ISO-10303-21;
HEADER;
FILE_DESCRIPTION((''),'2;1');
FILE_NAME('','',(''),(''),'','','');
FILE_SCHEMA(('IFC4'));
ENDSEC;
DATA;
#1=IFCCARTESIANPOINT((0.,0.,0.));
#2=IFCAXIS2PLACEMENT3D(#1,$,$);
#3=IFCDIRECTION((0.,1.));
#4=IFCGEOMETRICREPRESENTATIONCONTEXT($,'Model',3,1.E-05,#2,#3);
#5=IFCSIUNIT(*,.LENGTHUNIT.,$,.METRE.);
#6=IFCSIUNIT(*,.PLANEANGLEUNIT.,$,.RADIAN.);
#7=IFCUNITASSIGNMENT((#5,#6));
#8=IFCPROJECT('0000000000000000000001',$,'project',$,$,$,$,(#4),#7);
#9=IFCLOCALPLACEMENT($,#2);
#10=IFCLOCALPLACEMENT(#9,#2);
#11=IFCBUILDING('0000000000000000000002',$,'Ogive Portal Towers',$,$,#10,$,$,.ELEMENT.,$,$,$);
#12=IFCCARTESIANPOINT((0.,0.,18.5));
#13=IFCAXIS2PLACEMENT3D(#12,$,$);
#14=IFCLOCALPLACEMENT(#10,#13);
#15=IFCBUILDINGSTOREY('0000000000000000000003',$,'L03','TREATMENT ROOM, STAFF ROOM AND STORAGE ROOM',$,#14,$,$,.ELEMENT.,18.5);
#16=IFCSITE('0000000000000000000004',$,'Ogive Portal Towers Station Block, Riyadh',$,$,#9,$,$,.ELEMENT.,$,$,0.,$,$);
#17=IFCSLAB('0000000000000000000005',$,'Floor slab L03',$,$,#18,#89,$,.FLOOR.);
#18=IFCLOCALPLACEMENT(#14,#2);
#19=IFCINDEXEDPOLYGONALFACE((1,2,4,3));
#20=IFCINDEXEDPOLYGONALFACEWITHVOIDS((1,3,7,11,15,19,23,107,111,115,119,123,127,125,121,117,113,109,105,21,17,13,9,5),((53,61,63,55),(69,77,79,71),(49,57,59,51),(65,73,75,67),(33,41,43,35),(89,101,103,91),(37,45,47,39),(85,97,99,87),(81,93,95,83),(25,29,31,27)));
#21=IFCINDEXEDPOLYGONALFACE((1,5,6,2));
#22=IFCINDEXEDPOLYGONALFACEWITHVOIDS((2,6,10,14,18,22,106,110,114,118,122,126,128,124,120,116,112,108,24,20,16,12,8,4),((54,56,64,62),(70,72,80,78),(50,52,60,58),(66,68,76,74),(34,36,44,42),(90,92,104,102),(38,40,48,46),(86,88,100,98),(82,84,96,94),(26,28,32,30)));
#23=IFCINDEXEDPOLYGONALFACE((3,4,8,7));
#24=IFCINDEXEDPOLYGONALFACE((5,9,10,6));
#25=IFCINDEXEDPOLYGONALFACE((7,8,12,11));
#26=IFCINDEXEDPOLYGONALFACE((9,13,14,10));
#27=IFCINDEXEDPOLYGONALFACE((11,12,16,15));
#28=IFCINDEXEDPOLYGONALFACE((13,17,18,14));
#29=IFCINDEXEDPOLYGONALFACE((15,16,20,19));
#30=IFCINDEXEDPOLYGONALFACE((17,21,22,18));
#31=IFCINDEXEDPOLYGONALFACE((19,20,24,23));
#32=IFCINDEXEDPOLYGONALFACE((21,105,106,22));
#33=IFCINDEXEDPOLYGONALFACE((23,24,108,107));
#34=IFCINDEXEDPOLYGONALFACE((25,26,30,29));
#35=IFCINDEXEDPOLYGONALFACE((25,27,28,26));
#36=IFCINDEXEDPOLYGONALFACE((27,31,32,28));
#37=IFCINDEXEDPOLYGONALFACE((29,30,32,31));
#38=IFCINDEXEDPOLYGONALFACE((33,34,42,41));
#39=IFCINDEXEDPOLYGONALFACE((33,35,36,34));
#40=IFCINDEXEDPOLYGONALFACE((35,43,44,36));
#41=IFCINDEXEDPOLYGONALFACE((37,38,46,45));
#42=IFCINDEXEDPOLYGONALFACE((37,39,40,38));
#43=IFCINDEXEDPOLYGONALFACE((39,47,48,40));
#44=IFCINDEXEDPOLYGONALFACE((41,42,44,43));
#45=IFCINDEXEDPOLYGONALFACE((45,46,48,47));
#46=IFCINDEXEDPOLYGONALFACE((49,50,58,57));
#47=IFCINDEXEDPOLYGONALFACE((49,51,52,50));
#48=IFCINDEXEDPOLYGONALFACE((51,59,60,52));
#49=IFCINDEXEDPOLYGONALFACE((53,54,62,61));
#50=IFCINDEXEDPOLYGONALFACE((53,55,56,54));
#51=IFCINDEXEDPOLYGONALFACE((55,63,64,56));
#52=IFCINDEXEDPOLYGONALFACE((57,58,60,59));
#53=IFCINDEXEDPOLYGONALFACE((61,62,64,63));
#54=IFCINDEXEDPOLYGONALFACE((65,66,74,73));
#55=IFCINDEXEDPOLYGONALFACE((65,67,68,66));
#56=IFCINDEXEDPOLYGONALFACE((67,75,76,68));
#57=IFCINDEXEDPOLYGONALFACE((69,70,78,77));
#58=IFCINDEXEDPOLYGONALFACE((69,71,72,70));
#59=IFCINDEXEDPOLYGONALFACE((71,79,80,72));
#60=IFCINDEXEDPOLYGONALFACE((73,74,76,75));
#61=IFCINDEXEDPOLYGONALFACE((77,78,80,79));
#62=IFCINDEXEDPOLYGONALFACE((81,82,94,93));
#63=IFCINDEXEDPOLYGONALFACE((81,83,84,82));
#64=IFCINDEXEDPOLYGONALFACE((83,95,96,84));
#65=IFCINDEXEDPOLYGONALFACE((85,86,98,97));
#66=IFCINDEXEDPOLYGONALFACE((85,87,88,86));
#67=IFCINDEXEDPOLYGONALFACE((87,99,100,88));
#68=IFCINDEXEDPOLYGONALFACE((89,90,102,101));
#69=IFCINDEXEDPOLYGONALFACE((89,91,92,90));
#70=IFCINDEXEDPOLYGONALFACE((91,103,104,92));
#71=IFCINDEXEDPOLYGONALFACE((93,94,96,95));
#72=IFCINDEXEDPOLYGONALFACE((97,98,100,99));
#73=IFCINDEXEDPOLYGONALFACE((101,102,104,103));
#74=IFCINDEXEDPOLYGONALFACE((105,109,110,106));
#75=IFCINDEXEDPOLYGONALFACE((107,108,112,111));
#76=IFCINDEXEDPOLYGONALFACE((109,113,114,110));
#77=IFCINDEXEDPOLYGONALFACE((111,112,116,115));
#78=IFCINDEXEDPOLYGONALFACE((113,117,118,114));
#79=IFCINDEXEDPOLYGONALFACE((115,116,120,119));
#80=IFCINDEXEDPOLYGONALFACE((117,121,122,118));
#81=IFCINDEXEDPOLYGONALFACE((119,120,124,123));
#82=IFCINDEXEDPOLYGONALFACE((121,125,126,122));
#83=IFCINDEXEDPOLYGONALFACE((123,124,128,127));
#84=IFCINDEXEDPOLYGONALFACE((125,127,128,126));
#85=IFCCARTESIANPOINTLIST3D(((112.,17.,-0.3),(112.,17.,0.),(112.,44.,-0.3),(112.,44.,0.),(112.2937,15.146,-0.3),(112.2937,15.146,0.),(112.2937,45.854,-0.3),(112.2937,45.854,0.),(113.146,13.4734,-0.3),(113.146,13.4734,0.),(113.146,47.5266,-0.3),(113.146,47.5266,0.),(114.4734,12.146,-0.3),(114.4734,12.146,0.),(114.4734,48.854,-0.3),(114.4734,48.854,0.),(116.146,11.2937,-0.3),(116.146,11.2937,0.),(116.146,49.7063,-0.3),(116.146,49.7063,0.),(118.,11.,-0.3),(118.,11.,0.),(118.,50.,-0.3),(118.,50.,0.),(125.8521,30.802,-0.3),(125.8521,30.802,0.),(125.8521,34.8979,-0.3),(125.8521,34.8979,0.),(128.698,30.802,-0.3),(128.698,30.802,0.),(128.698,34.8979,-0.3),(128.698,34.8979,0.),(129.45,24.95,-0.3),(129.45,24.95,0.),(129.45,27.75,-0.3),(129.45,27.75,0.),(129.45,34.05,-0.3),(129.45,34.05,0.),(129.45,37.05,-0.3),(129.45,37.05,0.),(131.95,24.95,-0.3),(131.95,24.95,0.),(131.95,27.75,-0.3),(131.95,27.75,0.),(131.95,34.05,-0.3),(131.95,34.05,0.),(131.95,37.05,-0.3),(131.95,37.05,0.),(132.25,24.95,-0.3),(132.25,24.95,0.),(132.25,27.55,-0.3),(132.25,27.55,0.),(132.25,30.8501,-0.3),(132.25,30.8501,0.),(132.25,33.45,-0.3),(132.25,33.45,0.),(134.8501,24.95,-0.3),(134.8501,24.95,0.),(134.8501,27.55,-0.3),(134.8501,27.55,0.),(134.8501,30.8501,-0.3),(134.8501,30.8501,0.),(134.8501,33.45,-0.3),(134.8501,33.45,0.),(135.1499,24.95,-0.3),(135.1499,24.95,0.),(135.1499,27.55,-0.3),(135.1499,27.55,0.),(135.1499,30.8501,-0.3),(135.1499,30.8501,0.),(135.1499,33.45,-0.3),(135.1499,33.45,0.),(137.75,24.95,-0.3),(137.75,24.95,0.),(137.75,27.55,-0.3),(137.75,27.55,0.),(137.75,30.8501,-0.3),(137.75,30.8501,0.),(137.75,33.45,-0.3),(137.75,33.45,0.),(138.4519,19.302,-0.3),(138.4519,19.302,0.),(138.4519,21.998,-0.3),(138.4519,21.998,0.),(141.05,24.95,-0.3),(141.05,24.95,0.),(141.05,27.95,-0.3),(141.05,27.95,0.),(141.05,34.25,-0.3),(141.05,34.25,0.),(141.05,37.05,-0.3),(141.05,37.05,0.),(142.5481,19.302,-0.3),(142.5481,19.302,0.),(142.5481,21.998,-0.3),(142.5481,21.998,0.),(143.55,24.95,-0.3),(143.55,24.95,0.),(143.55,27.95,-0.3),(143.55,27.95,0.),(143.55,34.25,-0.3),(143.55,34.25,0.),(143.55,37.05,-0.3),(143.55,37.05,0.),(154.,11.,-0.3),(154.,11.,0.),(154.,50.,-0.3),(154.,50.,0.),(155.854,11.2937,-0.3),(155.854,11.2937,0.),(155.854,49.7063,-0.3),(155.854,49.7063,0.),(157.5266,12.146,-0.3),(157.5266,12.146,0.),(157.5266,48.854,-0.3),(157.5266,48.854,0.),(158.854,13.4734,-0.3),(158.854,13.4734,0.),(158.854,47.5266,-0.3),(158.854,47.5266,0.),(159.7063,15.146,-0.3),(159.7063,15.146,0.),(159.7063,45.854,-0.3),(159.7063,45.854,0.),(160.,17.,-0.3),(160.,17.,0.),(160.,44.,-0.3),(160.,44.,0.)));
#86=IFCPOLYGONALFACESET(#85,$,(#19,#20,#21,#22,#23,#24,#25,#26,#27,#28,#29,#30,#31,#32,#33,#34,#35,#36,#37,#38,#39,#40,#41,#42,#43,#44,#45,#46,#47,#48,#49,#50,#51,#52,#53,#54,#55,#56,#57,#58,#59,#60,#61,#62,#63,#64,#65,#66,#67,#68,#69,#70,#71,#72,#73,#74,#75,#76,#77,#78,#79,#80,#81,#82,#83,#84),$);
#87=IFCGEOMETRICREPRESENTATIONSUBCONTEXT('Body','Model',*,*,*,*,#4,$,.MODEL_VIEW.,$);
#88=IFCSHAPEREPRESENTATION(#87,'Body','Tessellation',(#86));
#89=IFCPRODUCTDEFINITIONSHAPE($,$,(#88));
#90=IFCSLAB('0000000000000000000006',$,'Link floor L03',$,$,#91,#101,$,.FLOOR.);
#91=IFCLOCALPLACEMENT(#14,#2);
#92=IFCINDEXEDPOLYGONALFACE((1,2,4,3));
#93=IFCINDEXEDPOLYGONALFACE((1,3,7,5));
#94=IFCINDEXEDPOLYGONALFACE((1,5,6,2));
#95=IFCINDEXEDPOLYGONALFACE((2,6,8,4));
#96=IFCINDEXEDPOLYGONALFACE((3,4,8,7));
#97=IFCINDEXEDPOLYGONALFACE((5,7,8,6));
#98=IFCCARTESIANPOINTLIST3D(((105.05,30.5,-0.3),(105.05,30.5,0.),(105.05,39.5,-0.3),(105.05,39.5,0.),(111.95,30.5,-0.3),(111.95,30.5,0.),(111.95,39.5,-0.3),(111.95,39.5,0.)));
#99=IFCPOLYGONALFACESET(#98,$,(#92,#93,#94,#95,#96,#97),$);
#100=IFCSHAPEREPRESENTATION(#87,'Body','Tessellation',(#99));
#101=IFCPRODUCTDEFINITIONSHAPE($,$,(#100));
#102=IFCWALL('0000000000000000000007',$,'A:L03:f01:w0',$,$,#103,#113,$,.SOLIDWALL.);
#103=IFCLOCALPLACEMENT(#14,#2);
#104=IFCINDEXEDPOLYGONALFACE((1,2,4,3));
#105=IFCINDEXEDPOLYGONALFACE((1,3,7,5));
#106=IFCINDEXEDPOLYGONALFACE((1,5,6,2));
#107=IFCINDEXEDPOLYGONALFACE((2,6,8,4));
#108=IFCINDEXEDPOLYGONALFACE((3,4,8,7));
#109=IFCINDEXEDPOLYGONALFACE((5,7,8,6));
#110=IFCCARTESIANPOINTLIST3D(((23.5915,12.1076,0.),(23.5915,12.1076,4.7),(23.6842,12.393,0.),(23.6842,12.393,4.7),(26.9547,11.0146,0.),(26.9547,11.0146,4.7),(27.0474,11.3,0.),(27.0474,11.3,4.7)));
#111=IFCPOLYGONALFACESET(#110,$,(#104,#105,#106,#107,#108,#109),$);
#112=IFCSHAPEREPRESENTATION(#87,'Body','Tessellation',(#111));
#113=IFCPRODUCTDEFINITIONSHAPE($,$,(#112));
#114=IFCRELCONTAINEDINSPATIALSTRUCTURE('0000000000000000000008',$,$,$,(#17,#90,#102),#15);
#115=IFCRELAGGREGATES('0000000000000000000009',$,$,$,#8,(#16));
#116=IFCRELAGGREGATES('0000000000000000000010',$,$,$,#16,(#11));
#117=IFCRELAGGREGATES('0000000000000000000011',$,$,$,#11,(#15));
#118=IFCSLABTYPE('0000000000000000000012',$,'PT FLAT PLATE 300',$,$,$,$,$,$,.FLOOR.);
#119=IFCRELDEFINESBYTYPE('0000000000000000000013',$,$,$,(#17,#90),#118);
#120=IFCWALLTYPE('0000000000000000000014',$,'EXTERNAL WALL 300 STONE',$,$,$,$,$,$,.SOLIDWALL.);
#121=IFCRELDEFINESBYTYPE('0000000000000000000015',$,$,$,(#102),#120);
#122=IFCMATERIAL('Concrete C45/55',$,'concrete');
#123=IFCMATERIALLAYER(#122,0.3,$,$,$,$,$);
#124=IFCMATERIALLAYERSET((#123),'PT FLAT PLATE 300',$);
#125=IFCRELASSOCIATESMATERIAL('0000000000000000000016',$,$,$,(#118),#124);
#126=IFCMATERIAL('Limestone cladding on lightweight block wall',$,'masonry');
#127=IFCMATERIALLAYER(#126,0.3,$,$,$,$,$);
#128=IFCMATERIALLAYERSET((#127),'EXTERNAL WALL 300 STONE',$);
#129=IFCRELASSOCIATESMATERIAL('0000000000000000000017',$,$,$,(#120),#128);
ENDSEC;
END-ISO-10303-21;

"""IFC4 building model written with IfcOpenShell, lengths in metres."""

from ifc_helpers import new_model, si_unit, direction, frame, frame_2d, origin, place, context, subcontext, project, spatial, polyline, rectangle, outline, extrude, material, layer, layer_set, type_object, element, save


model = new_model("IFC4")

# Units and contexts
model_context = context("Model", 3, precision=1e-05, world=origin(), true_north=direction((0.0, 1.0)))
body_context = subcontext(model_context, "Body", "Model", "MODEL_VIEW")
ifc_project = project(units=[si_unit("LENGTHUNIT", "METRE"), si_unit("PLANEANGLEUNIT", "RADIAN")], contexts=[model_context])

# Site, building, storey
site_placement = place(None, origin())
site = spatial("IfcSite", under=ifc_project, at=site_placement, Name="Ogive Portal Towers Station Block, Riyadh", CompositionType="ELEMENT", RefElevation=0.0)
building_placement = place(site_placement, origin())
building = spatial("IfcBuilding", under=site, at=building_placement, Name="Ogive Portal Towers", CompositionType="ELEMENT")
storey_placement = place(building_placement, frame((0.0, 0.0, 18.5)))
storey = spatial("IfcBuildingStorey", under=building, at=storey_placement, Name="L03", Description="TREATMENT ROOM, STAFF ROOM AND STORAGE ROOM", CompositionType="ELEMENT", Elevation=18.5)

# Slabs
ifc_material_1 = material(Name="Concrete C45/55", Category="concrete")
ifc_layer_1 = layer(ifc_material_1, 0.3)
ifc_layer_set_1 = layer_set([ifc_layer_1], Name="PT FLAT PLATE 300")
slab_type_1 = type_object("IfcSlabType", Name="PT FLAT PLATE 300", PredefinedType="FLOOR", material=ifc_layer_set_1)
slab_1_placement = place(storey_placement, frame((0.0, 0.0, -0.3)))
element("IfcSlab", 1, at=slab_1_placement, inside=storey, type_object=slab_type_1, Name="Floor slab L03", PredefinedType="FLOOR", context=body_context, shape_type="SweptSolid", body=[
    extrude(outline(polyline([(112.0, 44.0), (112.0, 17.0), (112.2937, 15.146), (113.146, 13.4734), (114.4734, 12.146), (116.146, 11.2937), (118.0, 11.0), (154.0, 11.0), (155.854, 11.2937), (157.5266, 12.146), (158.854, 13.4734), (159.7063, 15.146), (160.0, 17.0), (160.0, 44.0), (159.7063, 45.854), (158.854, 47.5266), (157.5266, 48.854), (155.854, 49.7063), (154.0, 50.0), (118.0, 50.0), (116.146, 49.7063), (114.4734, 48.854), (113.146, 47.5266), (112.2937, 45.854), (112.0, 44.0)]), holes=[polyline([(128.698, 34.8979), (128.698, 30.802), (125.8521, 30.802), (125.8521, 34.8979), (128.698, 34.8979)]), polyline([(131.95, 37.05), (131.95, 34.05), (129.45, 34.05), (129.45, 37.05), (131.95, 37.05)]), polyline([(138.4519, 21.998), (142.5481, 21.998), (142.5481, 19.302), (138.4519, 19.302), (138.4519, 21.998)]), polyline([(134.8501, 27.55), (134.8501, 24.95), (132.25, 24.95), (132.25, 27.55), (134.8501, 27.55)]), polyline([(137.75, 27.55), (137.75, 24.95), (135.1499, 24.95), (135.1499, 27.55), (137.75, 27.55)]), polyline([(131.95, 27.75), (131.95, 24.95), (129.45, 24.95), (129.45, 27.75), (131.95, 27.75)]), polyline([(143.55, 27.95), (143.55, 24.95), (141.05, 24.95), (141.05, 27.95), (143.55, 27.95)]), polyline([(134.8501, 33.45), (134.8501, 30.8501), (132.25, 30.8501), (132.25, 33.45), (134.8501, 33.45)]), polyline([(137.75, 33.45), (137.75, 30.8501), (135.1499, 30.8501), (135.1499, 33.45), (137.75, 33.45)]), polyline([(143.55, 37.05), (143.55, 34.25), (141.05, 34.25), (141.05, 37.05), (143.55, 37.05)])]), origin(), (0.0, 0.0, 1.0), 0.3),
])
slab_2_placement = place(storey_placement, frame((0.0, 0.0, -0.3)))
element("IfcSlab", 2, at=slab_2_placement, inside=storey, type_object=slab_type_1, Name="Link floor L03", PredefinedType="FLOOR", context=body_context, shape_type="SweptSolid", body=[
    extrude(outline(polyline([(111.95, 30.5), (111.95, 39.5), (105.05, 39.5), (105.05, 30.5), (111.95, 30.5)])), origin(), (0.0, 0.0, 1.0), 0.3),
])

# Wall
ifc_material_2 = material(Name="Limestone cladding on lightweight block wall", Category="masonry")
ifc_layer_2 = layer(ifc_material_2, 0.3)
ifc_layer_set_2 = layer_set([ifc_layer_2], Name="EXTERNAL WALL 300 STONE")
wall_type = type_object("IfcWallType", Name="EXTERNAL WALL 300 STONE", PredefinedType="SOLIDWALL", material=ifc_layer_set_2)
wall_placement = place(storey_placement, frame((23.6379, 12.2502, 0.0), z_axis=(0.0, 0.0, 1.0), x_axis=(0.951038, -0.309074, 0.0)))
element("IfcWall", 3, at=wall_placement, inside=storey, type_object=wall_type, Name="A:L03:f01:w0", PredefinedType="SOLIDWALL", context=body_context, shape_type="SweptSolid", body=[
    extrude(rectangle(XDim=3.5364, YDim=0.3, at=frame_2d((1.7681, 0.0))), origin(), (0.0, 0.0, 1.0), 4.7),
])

save(model, "model.ifc")
